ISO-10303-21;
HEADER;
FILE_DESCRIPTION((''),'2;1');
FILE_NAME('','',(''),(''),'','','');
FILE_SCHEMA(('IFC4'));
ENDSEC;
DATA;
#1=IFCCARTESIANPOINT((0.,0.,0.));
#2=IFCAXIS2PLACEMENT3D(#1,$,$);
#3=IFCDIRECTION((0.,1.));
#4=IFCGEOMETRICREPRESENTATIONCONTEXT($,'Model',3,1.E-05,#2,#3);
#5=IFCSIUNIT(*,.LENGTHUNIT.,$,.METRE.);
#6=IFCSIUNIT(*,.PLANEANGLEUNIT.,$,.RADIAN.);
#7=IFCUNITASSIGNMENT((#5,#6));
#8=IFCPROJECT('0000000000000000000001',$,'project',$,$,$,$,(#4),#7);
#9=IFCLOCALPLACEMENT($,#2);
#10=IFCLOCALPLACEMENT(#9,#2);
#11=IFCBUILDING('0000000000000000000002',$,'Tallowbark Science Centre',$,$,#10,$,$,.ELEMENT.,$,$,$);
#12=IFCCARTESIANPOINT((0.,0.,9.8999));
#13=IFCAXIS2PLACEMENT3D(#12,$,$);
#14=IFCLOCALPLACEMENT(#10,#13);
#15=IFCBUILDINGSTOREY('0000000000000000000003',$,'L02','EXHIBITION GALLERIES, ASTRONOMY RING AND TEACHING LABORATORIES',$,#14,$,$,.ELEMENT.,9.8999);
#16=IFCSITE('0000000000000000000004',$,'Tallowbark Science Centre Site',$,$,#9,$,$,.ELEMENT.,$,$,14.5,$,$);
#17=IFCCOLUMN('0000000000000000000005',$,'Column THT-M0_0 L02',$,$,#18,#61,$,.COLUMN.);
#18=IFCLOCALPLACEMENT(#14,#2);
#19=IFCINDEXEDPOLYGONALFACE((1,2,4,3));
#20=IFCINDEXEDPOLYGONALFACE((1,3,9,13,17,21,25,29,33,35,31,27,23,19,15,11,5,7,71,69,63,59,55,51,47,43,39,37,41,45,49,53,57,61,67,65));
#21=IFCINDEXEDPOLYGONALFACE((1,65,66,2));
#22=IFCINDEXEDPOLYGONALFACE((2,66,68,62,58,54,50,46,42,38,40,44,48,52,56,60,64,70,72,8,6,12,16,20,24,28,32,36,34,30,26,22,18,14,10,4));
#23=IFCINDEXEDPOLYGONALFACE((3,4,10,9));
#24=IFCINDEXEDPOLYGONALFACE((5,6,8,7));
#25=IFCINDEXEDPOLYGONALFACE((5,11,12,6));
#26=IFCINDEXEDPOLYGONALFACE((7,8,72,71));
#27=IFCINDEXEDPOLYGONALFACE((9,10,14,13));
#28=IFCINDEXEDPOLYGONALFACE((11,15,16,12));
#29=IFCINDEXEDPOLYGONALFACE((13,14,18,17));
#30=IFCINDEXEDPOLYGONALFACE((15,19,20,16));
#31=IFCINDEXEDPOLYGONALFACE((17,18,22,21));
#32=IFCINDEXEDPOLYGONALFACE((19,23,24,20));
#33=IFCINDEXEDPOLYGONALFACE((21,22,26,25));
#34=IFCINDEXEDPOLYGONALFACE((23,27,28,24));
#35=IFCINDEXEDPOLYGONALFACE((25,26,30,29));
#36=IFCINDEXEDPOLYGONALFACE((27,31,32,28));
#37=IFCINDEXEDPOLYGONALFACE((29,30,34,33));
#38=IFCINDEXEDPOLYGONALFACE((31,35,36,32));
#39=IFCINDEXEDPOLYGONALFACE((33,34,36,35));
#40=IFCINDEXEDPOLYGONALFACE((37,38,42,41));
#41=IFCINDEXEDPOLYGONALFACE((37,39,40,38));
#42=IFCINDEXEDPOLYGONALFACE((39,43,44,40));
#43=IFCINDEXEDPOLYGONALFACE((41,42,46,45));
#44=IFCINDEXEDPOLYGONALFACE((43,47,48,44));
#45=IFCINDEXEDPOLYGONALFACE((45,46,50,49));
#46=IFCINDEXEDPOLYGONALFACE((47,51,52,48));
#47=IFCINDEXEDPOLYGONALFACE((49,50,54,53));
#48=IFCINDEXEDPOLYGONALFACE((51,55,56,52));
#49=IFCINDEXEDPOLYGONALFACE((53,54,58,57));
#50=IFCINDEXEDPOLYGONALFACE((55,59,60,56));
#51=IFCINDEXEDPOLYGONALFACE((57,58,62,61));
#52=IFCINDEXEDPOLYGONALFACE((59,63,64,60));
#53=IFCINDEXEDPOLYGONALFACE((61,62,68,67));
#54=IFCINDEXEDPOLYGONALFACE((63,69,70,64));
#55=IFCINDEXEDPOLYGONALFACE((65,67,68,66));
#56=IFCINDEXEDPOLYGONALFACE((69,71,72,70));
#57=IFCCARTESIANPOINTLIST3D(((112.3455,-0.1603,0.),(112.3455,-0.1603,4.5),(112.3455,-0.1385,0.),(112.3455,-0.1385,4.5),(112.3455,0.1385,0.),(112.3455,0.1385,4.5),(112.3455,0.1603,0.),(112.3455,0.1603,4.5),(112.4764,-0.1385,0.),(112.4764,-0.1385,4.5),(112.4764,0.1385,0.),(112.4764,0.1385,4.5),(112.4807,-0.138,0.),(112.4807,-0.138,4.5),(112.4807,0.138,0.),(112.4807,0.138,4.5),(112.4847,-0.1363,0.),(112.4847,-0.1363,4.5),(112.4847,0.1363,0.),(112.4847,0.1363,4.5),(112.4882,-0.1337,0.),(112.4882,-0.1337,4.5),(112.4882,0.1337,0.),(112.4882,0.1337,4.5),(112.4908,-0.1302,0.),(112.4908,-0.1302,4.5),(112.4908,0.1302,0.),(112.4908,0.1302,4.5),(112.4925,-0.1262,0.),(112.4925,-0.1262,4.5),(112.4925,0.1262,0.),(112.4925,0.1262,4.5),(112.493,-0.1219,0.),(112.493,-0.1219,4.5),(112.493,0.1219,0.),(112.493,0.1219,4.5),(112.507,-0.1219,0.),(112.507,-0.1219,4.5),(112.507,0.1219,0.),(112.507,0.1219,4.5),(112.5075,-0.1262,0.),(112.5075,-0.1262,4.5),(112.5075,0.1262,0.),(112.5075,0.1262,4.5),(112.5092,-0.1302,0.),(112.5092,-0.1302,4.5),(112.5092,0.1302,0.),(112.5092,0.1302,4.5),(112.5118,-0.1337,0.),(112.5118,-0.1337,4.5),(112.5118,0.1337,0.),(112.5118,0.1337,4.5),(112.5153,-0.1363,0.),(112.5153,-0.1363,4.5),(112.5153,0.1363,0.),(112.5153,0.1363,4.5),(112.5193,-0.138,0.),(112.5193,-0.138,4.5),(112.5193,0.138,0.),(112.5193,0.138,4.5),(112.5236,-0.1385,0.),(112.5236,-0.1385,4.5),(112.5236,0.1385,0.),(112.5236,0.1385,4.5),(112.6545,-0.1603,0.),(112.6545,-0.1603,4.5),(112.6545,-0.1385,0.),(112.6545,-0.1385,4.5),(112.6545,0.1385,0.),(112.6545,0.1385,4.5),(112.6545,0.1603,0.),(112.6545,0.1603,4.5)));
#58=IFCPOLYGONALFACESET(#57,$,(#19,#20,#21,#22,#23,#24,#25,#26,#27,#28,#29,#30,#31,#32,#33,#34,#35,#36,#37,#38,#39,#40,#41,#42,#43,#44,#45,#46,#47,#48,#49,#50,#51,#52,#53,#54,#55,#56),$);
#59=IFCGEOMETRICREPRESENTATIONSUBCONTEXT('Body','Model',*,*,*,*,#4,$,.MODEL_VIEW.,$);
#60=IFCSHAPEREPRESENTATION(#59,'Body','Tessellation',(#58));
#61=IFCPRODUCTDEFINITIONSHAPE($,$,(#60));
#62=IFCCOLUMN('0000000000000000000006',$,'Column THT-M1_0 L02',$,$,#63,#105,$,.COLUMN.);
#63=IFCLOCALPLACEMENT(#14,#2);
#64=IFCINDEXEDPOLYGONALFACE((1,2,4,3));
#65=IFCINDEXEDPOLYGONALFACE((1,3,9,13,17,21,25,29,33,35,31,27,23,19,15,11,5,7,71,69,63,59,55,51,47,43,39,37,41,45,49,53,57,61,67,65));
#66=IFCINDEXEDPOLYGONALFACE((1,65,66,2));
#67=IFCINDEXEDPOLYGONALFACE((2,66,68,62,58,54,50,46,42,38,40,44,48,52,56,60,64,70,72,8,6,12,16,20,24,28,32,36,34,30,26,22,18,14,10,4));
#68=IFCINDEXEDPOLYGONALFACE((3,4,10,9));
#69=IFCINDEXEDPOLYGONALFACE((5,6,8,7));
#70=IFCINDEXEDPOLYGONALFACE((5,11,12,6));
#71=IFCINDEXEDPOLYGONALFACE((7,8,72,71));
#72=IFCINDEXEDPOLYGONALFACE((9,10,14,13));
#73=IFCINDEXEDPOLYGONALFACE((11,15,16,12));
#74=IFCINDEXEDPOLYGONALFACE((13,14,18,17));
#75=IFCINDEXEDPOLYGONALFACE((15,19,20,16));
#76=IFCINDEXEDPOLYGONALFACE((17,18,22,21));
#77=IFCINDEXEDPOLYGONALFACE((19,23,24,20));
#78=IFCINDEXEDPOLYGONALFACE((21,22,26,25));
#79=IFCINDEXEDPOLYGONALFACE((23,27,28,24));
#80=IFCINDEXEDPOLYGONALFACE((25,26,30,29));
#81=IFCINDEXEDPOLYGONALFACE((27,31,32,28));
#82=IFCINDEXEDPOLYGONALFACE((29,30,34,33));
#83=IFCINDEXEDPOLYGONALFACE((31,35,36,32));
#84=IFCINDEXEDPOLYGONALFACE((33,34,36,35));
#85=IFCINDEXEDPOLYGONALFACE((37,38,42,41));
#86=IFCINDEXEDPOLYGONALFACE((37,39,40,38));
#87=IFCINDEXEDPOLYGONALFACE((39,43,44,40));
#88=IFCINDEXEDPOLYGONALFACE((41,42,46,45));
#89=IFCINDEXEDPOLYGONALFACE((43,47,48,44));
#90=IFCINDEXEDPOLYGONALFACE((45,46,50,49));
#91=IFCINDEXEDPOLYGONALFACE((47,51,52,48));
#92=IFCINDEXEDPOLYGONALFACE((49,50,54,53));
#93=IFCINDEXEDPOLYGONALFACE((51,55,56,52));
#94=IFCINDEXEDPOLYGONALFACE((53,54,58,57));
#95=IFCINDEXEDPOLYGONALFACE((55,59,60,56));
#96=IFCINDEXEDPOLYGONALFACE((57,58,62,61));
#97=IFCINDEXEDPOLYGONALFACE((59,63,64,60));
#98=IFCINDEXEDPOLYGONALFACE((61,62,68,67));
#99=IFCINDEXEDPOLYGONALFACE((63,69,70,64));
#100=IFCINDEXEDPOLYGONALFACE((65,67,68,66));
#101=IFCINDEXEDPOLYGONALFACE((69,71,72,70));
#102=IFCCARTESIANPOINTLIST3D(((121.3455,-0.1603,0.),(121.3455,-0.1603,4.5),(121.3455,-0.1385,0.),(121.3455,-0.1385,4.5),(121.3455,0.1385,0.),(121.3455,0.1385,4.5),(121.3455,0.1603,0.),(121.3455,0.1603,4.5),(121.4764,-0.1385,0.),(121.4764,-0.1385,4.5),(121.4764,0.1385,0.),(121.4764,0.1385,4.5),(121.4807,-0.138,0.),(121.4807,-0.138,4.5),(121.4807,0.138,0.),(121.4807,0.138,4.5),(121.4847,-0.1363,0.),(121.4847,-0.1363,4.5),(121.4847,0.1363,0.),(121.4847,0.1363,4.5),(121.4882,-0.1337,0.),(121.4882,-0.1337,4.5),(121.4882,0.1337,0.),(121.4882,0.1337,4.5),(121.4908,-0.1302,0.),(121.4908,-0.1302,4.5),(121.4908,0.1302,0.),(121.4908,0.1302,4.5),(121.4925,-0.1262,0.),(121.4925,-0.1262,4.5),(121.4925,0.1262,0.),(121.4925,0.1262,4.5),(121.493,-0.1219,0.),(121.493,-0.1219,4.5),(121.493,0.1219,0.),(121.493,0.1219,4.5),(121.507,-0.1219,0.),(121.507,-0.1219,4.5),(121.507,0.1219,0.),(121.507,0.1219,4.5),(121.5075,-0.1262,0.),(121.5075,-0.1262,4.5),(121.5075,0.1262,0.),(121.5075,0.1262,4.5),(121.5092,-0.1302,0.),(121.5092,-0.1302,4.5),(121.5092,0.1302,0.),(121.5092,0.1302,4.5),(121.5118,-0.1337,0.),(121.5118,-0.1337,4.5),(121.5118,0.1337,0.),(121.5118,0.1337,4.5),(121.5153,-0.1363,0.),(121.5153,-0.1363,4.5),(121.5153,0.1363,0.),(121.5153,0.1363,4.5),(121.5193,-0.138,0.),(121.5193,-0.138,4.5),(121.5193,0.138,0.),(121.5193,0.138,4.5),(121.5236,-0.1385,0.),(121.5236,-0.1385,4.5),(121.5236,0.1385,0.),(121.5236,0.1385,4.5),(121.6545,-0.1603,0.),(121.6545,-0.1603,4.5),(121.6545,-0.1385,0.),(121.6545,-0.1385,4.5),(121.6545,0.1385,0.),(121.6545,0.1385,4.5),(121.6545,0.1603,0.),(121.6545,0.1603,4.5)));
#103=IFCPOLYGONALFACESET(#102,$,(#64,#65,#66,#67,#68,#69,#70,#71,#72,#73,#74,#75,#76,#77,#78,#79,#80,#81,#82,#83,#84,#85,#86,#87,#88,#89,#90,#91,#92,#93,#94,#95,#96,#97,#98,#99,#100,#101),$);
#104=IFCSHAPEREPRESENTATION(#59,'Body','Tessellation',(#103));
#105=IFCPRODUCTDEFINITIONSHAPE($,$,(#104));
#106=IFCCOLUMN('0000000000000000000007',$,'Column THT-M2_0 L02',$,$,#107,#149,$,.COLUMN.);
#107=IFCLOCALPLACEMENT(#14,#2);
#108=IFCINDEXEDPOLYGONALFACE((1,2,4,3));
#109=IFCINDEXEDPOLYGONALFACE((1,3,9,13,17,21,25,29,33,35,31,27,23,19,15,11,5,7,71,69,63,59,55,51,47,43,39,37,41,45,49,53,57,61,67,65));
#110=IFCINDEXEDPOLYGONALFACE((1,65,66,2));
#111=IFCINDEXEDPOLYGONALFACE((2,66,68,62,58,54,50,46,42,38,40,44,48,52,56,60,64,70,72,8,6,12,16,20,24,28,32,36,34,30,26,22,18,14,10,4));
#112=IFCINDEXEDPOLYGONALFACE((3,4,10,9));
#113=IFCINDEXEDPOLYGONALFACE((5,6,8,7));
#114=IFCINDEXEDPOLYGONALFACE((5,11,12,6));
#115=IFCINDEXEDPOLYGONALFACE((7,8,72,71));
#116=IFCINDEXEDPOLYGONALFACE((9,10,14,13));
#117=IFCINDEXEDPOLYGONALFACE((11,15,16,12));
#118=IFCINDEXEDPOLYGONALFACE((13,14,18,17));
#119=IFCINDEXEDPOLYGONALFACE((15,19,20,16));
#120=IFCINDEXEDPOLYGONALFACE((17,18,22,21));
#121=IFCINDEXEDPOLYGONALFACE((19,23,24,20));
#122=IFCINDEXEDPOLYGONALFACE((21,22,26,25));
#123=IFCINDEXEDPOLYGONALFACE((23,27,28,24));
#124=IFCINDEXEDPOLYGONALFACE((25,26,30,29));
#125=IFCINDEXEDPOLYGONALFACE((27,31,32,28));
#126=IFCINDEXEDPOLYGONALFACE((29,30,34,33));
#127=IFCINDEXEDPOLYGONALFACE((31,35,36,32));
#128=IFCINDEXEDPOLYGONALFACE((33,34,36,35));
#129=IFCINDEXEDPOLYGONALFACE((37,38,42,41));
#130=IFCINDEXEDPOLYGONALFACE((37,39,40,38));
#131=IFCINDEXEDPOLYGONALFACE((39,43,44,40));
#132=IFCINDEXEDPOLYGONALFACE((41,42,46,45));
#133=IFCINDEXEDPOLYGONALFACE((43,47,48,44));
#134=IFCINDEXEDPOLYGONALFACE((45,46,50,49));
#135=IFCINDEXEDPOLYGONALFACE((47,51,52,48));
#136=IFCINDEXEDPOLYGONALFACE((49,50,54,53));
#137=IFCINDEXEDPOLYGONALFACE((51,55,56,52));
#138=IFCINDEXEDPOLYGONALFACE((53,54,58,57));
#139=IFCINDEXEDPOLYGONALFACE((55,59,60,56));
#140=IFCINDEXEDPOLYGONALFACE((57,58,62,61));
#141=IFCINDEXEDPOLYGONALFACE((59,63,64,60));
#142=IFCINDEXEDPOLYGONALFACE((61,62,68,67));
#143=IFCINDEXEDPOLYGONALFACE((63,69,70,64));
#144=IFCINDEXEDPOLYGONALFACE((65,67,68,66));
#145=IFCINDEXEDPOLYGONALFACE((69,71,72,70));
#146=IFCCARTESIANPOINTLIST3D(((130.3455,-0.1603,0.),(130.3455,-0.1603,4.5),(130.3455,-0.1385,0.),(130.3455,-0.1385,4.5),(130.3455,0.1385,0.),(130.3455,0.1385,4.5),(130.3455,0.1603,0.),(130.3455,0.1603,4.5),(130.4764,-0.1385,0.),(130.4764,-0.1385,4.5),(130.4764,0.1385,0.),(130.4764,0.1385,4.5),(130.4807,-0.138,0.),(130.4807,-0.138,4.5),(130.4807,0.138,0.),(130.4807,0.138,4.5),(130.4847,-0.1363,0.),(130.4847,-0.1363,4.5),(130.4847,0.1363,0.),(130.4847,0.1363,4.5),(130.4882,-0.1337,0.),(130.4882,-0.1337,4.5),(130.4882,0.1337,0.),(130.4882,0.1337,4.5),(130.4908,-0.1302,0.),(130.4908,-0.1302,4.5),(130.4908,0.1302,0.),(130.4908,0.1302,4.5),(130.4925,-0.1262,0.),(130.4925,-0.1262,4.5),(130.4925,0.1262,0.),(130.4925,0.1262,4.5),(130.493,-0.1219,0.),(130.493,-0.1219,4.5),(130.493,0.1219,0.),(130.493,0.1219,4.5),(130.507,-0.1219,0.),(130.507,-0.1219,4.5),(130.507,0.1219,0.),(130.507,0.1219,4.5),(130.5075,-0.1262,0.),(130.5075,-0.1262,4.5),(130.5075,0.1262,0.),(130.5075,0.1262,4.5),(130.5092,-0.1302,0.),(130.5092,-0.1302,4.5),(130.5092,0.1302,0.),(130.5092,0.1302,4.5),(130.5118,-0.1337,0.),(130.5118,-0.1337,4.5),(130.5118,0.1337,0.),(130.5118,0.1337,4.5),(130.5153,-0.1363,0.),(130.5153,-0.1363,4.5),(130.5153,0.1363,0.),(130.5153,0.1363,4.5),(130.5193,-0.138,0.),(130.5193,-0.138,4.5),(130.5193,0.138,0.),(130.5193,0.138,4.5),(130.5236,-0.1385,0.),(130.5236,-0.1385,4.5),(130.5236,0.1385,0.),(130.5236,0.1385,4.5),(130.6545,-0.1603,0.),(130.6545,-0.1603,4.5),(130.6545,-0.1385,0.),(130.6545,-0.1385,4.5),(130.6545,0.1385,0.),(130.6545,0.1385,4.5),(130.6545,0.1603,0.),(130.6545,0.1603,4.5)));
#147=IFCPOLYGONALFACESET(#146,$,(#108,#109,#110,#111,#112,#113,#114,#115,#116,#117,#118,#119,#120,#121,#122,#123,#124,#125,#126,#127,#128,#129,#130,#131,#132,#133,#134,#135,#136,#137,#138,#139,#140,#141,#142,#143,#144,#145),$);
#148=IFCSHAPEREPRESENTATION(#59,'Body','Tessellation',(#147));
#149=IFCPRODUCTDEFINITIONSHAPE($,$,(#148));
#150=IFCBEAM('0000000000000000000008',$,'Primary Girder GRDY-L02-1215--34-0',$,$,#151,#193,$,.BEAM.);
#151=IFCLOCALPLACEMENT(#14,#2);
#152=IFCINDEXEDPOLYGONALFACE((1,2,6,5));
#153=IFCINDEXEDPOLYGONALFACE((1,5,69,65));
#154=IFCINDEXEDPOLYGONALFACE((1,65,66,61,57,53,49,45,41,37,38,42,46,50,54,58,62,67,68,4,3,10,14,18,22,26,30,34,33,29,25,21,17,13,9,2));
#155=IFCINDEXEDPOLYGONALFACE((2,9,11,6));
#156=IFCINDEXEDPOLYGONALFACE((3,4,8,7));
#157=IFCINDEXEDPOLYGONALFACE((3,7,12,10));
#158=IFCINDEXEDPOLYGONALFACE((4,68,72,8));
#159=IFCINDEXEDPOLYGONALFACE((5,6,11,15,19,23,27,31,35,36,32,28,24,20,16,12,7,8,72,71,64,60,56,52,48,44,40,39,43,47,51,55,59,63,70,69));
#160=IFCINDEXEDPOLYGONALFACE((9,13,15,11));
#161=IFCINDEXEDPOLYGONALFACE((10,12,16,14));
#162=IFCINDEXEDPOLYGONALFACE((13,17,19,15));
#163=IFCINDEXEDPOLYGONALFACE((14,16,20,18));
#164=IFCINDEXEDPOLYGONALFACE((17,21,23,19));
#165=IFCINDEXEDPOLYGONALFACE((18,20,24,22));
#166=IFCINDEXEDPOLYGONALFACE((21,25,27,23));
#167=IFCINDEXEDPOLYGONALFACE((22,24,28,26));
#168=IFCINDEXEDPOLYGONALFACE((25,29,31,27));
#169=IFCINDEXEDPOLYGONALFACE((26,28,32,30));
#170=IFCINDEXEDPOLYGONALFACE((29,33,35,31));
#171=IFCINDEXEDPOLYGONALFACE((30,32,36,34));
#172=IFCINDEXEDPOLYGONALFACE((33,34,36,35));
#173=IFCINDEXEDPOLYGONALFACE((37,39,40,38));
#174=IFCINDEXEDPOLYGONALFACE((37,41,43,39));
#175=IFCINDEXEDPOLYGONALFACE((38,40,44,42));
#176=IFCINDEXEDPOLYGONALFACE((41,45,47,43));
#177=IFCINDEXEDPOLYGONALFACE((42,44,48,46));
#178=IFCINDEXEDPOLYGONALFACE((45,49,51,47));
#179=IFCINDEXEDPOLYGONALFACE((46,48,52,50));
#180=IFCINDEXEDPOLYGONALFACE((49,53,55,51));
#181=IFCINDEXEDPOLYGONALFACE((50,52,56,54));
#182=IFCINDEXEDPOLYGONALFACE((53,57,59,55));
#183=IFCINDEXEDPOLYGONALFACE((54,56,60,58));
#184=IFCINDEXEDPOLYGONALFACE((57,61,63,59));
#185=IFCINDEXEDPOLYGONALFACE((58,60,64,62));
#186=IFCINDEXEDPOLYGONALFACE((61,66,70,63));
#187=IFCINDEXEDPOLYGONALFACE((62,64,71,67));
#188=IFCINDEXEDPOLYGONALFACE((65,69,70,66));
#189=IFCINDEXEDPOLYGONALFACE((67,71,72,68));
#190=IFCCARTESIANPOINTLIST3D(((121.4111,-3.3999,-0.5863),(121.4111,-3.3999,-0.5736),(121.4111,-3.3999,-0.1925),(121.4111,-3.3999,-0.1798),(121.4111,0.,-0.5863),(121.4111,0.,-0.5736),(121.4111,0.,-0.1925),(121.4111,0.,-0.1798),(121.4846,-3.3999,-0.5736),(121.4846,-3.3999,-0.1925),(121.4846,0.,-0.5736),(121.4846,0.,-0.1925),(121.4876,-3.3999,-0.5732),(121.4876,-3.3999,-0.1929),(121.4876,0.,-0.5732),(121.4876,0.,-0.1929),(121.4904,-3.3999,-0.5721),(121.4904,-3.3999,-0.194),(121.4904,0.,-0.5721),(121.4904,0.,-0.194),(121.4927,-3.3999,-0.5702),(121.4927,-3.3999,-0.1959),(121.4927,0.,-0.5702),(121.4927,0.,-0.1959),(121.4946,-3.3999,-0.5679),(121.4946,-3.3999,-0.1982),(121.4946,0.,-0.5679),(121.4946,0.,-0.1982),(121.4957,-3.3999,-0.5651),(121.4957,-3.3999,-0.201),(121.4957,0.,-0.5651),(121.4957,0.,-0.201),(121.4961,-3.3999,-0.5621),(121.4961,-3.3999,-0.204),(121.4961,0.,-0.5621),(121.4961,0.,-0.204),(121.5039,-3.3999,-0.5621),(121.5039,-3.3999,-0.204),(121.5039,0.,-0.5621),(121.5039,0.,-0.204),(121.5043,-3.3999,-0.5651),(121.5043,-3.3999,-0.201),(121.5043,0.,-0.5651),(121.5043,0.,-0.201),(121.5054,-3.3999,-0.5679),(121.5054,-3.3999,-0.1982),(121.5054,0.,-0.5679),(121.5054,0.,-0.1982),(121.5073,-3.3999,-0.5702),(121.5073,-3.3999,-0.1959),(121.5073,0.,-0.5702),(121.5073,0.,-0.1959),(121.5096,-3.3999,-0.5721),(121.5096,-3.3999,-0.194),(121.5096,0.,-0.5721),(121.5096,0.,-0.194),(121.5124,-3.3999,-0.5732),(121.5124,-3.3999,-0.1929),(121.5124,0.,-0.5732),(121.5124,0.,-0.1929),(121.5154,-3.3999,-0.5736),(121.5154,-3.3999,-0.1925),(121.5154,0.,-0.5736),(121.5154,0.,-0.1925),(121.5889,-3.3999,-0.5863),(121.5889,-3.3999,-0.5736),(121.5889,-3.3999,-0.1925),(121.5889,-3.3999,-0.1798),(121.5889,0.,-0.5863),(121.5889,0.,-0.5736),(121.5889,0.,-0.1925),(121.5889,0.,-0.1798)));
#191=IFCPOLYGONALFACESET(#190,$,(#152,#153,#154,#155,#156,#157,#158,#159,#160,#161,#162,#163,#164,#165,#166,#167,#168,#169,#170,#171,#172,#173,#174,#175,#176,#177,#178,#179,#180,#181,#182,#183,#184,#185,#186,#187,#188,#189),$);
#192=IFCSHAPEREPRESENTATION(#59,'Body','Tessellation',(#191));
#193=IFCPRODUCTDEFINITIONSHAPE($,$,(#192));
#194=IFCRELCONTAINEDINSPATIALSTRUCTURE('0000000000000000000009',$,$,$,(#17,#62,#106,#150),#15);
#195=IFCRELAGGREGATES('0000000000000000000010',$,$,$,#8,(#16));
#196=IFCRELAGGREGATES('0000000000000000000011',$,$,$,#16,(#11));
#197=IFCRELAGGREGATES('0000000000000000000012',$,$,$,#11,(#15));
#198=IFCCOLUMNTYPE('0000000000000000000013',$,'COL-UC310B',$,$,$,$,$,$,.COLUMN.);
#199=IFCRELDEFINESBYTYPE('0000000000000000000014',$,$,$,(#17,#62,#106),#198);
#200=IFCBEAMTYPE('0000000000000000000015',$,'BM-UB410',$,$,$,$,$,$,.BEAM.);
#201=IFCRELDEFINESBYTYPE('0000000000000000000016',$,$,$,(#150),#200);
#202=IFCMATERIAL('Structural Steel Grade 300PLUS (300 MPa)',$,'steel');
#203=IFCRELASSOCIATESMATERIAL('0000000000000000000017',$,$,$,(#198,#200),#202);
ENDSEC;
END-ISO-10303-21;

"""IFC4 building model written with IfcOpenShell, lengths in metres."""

from ifc_helpers import new_model, si_unit, direction, frame, origin, origin_2d, place, context, subcontext, project, spatial, i_section, extrude, material, material_profile, profile_set, type_object, element, save


model = new_model("IFC4")

# Units and contexts
model_context = context("Model", 3, precision=1e-05, world=origin(), true_north=direction((0.0, 1.0)))
body_context = subcontext(model_context, "Body", "Model", "MODEL_VIEW")
ifc_project = project(units=[si_unit("LENGTHUNIT", "METRE"), si_unit("PLANEANGLEUNIT", "RADIAN")], contexts=[model_context])

# Site, building, storey
site_placement = place(None, origin())
site = spatial("IfcSite", under=ifc_project, at=site_placement, Name="Tallowbark Science Centre Site", CompositionType="ELEMENT", RefElevation=14.5)
building_placement = place(site_placement, origin())
building = spatial("IfcBuilding", under=site, at=building_placement, Name="Tallowbark Science Centre", CompositionType="ELEMENT")
storey_placement = place(building_placement, frame((0.0, 0.0, 9.8999)))
storey = spatial("IfcBuildingStorey", under=building, at=storey_placement, Name="L02", Description="EXHIBITION GALLERIES, ASTRONOMY RING AND TEACHING LABORATORIES", CompositionType="ELEMENT", Elevation=9.8999)

# Columns
ifc_material_1 = material(Name="Structural Steel Grade 300PLUS (300 MPa)", Category="steel")
ifc_material_profile_1 = material_profile(ifc_material_1, i_section(OverallWidth=0.3091, OverallDepth=0.3206, WebThickness=0.0139, FlangeThickness=0.0217, FilletRadius=0.0166, at=origin_2d()), Name="310UC137")
ifc_profile_set_1 = profile_set([ifc_material_profile_1], Name="Structural Steel Grade 300PLUS (300 MPa)")
column_type = type_object("IfcColumnType", Name="COL-UC310B", PredefinedType="COLUMN", material=ifc_profile_set_1)
for number, where, z_axis, x_axis, name in (
    (1, (112.5, 0.0, 0.0), (0.0, 0.0, 1.0), (1.0, 0.0, 0.0), "Column THT-M0_0 L02"),
    (2, (121.5, 0.0, 0.0), (0.0, 0.0, 1.0), (1.0, 0.0, 0.0), "Column THT-M1_0 L02"),
    (3, (130.5, 0.0, 0.0), (0.0, 0.0, 1.0), (1.0, 0.0, 0.0), "Column THT-M2_0 L02"),
):
    element("IfcColumn", number, at=place(storey_placement, frame(where, z_axis=z_axis, x_axis=x_axis)), inside=storey, type_object=column_type, Name=name, PredefinedType="COLUMN", context=body_context, shape_type="SweptSolid", body=[
        extrude(i_section(OverallWidth=0.3091, OverallDepth=0.3206, WebThickness=0.0139, FlangeThickness=0.0217, FilletRadius=0.0166, at=origin_2d()), origin(), (0.0, 0.0, 1.0), 4.5),
    ])

# Beam
ifc_material_profile_2 = material_profile(ifc_material_1, i_section(OverallWidth=0.1777, OverallDepth=0.4065, WebThickness=0.0078, FlangeThickness=0.0127, FilletRadius=0.0115, at=origin_2d()), Name="410UB59.7")
ifc_profile_set_2 = profile_set([ifc_material_profile_2], Name="Structural Steel Grade 300PLUS (300 MPa)")
beam_type_1 = type_object("IfcBeamType", Name="BM-UB410", PredefinedType="BEAM", material=ifc_profile_set_2)
for number, where, z_axis, x_axis, name in (
    (4, (121.5, -3.3999, -0.3831), (0.0, 1.0, 0.0), (-1.0, 0.0, 0.0), "Primary Girder GRDY-L02-1215--34-0"),
):
    element("IfcBeam", number, at=place(storey_placement, frame(where, z_axis=z_axis, x_axis=x_axis)), inside=storey, type_object=beam_type_1, Name=name, PredefinedType="BEAM", context=body_context, shape_type="SweptSolid", body=[
        extrude(i_section(OverallWidth=0.1777, OverallDepth=0.4065, WebThickness=0.0078, FlangeThickness=0.0127, FilletRadius=0.0115, at=origin_2d()), origin(), (0.0, 0.0, 1.0), 3.3999),
    ])

save(model, "model.ifc")
